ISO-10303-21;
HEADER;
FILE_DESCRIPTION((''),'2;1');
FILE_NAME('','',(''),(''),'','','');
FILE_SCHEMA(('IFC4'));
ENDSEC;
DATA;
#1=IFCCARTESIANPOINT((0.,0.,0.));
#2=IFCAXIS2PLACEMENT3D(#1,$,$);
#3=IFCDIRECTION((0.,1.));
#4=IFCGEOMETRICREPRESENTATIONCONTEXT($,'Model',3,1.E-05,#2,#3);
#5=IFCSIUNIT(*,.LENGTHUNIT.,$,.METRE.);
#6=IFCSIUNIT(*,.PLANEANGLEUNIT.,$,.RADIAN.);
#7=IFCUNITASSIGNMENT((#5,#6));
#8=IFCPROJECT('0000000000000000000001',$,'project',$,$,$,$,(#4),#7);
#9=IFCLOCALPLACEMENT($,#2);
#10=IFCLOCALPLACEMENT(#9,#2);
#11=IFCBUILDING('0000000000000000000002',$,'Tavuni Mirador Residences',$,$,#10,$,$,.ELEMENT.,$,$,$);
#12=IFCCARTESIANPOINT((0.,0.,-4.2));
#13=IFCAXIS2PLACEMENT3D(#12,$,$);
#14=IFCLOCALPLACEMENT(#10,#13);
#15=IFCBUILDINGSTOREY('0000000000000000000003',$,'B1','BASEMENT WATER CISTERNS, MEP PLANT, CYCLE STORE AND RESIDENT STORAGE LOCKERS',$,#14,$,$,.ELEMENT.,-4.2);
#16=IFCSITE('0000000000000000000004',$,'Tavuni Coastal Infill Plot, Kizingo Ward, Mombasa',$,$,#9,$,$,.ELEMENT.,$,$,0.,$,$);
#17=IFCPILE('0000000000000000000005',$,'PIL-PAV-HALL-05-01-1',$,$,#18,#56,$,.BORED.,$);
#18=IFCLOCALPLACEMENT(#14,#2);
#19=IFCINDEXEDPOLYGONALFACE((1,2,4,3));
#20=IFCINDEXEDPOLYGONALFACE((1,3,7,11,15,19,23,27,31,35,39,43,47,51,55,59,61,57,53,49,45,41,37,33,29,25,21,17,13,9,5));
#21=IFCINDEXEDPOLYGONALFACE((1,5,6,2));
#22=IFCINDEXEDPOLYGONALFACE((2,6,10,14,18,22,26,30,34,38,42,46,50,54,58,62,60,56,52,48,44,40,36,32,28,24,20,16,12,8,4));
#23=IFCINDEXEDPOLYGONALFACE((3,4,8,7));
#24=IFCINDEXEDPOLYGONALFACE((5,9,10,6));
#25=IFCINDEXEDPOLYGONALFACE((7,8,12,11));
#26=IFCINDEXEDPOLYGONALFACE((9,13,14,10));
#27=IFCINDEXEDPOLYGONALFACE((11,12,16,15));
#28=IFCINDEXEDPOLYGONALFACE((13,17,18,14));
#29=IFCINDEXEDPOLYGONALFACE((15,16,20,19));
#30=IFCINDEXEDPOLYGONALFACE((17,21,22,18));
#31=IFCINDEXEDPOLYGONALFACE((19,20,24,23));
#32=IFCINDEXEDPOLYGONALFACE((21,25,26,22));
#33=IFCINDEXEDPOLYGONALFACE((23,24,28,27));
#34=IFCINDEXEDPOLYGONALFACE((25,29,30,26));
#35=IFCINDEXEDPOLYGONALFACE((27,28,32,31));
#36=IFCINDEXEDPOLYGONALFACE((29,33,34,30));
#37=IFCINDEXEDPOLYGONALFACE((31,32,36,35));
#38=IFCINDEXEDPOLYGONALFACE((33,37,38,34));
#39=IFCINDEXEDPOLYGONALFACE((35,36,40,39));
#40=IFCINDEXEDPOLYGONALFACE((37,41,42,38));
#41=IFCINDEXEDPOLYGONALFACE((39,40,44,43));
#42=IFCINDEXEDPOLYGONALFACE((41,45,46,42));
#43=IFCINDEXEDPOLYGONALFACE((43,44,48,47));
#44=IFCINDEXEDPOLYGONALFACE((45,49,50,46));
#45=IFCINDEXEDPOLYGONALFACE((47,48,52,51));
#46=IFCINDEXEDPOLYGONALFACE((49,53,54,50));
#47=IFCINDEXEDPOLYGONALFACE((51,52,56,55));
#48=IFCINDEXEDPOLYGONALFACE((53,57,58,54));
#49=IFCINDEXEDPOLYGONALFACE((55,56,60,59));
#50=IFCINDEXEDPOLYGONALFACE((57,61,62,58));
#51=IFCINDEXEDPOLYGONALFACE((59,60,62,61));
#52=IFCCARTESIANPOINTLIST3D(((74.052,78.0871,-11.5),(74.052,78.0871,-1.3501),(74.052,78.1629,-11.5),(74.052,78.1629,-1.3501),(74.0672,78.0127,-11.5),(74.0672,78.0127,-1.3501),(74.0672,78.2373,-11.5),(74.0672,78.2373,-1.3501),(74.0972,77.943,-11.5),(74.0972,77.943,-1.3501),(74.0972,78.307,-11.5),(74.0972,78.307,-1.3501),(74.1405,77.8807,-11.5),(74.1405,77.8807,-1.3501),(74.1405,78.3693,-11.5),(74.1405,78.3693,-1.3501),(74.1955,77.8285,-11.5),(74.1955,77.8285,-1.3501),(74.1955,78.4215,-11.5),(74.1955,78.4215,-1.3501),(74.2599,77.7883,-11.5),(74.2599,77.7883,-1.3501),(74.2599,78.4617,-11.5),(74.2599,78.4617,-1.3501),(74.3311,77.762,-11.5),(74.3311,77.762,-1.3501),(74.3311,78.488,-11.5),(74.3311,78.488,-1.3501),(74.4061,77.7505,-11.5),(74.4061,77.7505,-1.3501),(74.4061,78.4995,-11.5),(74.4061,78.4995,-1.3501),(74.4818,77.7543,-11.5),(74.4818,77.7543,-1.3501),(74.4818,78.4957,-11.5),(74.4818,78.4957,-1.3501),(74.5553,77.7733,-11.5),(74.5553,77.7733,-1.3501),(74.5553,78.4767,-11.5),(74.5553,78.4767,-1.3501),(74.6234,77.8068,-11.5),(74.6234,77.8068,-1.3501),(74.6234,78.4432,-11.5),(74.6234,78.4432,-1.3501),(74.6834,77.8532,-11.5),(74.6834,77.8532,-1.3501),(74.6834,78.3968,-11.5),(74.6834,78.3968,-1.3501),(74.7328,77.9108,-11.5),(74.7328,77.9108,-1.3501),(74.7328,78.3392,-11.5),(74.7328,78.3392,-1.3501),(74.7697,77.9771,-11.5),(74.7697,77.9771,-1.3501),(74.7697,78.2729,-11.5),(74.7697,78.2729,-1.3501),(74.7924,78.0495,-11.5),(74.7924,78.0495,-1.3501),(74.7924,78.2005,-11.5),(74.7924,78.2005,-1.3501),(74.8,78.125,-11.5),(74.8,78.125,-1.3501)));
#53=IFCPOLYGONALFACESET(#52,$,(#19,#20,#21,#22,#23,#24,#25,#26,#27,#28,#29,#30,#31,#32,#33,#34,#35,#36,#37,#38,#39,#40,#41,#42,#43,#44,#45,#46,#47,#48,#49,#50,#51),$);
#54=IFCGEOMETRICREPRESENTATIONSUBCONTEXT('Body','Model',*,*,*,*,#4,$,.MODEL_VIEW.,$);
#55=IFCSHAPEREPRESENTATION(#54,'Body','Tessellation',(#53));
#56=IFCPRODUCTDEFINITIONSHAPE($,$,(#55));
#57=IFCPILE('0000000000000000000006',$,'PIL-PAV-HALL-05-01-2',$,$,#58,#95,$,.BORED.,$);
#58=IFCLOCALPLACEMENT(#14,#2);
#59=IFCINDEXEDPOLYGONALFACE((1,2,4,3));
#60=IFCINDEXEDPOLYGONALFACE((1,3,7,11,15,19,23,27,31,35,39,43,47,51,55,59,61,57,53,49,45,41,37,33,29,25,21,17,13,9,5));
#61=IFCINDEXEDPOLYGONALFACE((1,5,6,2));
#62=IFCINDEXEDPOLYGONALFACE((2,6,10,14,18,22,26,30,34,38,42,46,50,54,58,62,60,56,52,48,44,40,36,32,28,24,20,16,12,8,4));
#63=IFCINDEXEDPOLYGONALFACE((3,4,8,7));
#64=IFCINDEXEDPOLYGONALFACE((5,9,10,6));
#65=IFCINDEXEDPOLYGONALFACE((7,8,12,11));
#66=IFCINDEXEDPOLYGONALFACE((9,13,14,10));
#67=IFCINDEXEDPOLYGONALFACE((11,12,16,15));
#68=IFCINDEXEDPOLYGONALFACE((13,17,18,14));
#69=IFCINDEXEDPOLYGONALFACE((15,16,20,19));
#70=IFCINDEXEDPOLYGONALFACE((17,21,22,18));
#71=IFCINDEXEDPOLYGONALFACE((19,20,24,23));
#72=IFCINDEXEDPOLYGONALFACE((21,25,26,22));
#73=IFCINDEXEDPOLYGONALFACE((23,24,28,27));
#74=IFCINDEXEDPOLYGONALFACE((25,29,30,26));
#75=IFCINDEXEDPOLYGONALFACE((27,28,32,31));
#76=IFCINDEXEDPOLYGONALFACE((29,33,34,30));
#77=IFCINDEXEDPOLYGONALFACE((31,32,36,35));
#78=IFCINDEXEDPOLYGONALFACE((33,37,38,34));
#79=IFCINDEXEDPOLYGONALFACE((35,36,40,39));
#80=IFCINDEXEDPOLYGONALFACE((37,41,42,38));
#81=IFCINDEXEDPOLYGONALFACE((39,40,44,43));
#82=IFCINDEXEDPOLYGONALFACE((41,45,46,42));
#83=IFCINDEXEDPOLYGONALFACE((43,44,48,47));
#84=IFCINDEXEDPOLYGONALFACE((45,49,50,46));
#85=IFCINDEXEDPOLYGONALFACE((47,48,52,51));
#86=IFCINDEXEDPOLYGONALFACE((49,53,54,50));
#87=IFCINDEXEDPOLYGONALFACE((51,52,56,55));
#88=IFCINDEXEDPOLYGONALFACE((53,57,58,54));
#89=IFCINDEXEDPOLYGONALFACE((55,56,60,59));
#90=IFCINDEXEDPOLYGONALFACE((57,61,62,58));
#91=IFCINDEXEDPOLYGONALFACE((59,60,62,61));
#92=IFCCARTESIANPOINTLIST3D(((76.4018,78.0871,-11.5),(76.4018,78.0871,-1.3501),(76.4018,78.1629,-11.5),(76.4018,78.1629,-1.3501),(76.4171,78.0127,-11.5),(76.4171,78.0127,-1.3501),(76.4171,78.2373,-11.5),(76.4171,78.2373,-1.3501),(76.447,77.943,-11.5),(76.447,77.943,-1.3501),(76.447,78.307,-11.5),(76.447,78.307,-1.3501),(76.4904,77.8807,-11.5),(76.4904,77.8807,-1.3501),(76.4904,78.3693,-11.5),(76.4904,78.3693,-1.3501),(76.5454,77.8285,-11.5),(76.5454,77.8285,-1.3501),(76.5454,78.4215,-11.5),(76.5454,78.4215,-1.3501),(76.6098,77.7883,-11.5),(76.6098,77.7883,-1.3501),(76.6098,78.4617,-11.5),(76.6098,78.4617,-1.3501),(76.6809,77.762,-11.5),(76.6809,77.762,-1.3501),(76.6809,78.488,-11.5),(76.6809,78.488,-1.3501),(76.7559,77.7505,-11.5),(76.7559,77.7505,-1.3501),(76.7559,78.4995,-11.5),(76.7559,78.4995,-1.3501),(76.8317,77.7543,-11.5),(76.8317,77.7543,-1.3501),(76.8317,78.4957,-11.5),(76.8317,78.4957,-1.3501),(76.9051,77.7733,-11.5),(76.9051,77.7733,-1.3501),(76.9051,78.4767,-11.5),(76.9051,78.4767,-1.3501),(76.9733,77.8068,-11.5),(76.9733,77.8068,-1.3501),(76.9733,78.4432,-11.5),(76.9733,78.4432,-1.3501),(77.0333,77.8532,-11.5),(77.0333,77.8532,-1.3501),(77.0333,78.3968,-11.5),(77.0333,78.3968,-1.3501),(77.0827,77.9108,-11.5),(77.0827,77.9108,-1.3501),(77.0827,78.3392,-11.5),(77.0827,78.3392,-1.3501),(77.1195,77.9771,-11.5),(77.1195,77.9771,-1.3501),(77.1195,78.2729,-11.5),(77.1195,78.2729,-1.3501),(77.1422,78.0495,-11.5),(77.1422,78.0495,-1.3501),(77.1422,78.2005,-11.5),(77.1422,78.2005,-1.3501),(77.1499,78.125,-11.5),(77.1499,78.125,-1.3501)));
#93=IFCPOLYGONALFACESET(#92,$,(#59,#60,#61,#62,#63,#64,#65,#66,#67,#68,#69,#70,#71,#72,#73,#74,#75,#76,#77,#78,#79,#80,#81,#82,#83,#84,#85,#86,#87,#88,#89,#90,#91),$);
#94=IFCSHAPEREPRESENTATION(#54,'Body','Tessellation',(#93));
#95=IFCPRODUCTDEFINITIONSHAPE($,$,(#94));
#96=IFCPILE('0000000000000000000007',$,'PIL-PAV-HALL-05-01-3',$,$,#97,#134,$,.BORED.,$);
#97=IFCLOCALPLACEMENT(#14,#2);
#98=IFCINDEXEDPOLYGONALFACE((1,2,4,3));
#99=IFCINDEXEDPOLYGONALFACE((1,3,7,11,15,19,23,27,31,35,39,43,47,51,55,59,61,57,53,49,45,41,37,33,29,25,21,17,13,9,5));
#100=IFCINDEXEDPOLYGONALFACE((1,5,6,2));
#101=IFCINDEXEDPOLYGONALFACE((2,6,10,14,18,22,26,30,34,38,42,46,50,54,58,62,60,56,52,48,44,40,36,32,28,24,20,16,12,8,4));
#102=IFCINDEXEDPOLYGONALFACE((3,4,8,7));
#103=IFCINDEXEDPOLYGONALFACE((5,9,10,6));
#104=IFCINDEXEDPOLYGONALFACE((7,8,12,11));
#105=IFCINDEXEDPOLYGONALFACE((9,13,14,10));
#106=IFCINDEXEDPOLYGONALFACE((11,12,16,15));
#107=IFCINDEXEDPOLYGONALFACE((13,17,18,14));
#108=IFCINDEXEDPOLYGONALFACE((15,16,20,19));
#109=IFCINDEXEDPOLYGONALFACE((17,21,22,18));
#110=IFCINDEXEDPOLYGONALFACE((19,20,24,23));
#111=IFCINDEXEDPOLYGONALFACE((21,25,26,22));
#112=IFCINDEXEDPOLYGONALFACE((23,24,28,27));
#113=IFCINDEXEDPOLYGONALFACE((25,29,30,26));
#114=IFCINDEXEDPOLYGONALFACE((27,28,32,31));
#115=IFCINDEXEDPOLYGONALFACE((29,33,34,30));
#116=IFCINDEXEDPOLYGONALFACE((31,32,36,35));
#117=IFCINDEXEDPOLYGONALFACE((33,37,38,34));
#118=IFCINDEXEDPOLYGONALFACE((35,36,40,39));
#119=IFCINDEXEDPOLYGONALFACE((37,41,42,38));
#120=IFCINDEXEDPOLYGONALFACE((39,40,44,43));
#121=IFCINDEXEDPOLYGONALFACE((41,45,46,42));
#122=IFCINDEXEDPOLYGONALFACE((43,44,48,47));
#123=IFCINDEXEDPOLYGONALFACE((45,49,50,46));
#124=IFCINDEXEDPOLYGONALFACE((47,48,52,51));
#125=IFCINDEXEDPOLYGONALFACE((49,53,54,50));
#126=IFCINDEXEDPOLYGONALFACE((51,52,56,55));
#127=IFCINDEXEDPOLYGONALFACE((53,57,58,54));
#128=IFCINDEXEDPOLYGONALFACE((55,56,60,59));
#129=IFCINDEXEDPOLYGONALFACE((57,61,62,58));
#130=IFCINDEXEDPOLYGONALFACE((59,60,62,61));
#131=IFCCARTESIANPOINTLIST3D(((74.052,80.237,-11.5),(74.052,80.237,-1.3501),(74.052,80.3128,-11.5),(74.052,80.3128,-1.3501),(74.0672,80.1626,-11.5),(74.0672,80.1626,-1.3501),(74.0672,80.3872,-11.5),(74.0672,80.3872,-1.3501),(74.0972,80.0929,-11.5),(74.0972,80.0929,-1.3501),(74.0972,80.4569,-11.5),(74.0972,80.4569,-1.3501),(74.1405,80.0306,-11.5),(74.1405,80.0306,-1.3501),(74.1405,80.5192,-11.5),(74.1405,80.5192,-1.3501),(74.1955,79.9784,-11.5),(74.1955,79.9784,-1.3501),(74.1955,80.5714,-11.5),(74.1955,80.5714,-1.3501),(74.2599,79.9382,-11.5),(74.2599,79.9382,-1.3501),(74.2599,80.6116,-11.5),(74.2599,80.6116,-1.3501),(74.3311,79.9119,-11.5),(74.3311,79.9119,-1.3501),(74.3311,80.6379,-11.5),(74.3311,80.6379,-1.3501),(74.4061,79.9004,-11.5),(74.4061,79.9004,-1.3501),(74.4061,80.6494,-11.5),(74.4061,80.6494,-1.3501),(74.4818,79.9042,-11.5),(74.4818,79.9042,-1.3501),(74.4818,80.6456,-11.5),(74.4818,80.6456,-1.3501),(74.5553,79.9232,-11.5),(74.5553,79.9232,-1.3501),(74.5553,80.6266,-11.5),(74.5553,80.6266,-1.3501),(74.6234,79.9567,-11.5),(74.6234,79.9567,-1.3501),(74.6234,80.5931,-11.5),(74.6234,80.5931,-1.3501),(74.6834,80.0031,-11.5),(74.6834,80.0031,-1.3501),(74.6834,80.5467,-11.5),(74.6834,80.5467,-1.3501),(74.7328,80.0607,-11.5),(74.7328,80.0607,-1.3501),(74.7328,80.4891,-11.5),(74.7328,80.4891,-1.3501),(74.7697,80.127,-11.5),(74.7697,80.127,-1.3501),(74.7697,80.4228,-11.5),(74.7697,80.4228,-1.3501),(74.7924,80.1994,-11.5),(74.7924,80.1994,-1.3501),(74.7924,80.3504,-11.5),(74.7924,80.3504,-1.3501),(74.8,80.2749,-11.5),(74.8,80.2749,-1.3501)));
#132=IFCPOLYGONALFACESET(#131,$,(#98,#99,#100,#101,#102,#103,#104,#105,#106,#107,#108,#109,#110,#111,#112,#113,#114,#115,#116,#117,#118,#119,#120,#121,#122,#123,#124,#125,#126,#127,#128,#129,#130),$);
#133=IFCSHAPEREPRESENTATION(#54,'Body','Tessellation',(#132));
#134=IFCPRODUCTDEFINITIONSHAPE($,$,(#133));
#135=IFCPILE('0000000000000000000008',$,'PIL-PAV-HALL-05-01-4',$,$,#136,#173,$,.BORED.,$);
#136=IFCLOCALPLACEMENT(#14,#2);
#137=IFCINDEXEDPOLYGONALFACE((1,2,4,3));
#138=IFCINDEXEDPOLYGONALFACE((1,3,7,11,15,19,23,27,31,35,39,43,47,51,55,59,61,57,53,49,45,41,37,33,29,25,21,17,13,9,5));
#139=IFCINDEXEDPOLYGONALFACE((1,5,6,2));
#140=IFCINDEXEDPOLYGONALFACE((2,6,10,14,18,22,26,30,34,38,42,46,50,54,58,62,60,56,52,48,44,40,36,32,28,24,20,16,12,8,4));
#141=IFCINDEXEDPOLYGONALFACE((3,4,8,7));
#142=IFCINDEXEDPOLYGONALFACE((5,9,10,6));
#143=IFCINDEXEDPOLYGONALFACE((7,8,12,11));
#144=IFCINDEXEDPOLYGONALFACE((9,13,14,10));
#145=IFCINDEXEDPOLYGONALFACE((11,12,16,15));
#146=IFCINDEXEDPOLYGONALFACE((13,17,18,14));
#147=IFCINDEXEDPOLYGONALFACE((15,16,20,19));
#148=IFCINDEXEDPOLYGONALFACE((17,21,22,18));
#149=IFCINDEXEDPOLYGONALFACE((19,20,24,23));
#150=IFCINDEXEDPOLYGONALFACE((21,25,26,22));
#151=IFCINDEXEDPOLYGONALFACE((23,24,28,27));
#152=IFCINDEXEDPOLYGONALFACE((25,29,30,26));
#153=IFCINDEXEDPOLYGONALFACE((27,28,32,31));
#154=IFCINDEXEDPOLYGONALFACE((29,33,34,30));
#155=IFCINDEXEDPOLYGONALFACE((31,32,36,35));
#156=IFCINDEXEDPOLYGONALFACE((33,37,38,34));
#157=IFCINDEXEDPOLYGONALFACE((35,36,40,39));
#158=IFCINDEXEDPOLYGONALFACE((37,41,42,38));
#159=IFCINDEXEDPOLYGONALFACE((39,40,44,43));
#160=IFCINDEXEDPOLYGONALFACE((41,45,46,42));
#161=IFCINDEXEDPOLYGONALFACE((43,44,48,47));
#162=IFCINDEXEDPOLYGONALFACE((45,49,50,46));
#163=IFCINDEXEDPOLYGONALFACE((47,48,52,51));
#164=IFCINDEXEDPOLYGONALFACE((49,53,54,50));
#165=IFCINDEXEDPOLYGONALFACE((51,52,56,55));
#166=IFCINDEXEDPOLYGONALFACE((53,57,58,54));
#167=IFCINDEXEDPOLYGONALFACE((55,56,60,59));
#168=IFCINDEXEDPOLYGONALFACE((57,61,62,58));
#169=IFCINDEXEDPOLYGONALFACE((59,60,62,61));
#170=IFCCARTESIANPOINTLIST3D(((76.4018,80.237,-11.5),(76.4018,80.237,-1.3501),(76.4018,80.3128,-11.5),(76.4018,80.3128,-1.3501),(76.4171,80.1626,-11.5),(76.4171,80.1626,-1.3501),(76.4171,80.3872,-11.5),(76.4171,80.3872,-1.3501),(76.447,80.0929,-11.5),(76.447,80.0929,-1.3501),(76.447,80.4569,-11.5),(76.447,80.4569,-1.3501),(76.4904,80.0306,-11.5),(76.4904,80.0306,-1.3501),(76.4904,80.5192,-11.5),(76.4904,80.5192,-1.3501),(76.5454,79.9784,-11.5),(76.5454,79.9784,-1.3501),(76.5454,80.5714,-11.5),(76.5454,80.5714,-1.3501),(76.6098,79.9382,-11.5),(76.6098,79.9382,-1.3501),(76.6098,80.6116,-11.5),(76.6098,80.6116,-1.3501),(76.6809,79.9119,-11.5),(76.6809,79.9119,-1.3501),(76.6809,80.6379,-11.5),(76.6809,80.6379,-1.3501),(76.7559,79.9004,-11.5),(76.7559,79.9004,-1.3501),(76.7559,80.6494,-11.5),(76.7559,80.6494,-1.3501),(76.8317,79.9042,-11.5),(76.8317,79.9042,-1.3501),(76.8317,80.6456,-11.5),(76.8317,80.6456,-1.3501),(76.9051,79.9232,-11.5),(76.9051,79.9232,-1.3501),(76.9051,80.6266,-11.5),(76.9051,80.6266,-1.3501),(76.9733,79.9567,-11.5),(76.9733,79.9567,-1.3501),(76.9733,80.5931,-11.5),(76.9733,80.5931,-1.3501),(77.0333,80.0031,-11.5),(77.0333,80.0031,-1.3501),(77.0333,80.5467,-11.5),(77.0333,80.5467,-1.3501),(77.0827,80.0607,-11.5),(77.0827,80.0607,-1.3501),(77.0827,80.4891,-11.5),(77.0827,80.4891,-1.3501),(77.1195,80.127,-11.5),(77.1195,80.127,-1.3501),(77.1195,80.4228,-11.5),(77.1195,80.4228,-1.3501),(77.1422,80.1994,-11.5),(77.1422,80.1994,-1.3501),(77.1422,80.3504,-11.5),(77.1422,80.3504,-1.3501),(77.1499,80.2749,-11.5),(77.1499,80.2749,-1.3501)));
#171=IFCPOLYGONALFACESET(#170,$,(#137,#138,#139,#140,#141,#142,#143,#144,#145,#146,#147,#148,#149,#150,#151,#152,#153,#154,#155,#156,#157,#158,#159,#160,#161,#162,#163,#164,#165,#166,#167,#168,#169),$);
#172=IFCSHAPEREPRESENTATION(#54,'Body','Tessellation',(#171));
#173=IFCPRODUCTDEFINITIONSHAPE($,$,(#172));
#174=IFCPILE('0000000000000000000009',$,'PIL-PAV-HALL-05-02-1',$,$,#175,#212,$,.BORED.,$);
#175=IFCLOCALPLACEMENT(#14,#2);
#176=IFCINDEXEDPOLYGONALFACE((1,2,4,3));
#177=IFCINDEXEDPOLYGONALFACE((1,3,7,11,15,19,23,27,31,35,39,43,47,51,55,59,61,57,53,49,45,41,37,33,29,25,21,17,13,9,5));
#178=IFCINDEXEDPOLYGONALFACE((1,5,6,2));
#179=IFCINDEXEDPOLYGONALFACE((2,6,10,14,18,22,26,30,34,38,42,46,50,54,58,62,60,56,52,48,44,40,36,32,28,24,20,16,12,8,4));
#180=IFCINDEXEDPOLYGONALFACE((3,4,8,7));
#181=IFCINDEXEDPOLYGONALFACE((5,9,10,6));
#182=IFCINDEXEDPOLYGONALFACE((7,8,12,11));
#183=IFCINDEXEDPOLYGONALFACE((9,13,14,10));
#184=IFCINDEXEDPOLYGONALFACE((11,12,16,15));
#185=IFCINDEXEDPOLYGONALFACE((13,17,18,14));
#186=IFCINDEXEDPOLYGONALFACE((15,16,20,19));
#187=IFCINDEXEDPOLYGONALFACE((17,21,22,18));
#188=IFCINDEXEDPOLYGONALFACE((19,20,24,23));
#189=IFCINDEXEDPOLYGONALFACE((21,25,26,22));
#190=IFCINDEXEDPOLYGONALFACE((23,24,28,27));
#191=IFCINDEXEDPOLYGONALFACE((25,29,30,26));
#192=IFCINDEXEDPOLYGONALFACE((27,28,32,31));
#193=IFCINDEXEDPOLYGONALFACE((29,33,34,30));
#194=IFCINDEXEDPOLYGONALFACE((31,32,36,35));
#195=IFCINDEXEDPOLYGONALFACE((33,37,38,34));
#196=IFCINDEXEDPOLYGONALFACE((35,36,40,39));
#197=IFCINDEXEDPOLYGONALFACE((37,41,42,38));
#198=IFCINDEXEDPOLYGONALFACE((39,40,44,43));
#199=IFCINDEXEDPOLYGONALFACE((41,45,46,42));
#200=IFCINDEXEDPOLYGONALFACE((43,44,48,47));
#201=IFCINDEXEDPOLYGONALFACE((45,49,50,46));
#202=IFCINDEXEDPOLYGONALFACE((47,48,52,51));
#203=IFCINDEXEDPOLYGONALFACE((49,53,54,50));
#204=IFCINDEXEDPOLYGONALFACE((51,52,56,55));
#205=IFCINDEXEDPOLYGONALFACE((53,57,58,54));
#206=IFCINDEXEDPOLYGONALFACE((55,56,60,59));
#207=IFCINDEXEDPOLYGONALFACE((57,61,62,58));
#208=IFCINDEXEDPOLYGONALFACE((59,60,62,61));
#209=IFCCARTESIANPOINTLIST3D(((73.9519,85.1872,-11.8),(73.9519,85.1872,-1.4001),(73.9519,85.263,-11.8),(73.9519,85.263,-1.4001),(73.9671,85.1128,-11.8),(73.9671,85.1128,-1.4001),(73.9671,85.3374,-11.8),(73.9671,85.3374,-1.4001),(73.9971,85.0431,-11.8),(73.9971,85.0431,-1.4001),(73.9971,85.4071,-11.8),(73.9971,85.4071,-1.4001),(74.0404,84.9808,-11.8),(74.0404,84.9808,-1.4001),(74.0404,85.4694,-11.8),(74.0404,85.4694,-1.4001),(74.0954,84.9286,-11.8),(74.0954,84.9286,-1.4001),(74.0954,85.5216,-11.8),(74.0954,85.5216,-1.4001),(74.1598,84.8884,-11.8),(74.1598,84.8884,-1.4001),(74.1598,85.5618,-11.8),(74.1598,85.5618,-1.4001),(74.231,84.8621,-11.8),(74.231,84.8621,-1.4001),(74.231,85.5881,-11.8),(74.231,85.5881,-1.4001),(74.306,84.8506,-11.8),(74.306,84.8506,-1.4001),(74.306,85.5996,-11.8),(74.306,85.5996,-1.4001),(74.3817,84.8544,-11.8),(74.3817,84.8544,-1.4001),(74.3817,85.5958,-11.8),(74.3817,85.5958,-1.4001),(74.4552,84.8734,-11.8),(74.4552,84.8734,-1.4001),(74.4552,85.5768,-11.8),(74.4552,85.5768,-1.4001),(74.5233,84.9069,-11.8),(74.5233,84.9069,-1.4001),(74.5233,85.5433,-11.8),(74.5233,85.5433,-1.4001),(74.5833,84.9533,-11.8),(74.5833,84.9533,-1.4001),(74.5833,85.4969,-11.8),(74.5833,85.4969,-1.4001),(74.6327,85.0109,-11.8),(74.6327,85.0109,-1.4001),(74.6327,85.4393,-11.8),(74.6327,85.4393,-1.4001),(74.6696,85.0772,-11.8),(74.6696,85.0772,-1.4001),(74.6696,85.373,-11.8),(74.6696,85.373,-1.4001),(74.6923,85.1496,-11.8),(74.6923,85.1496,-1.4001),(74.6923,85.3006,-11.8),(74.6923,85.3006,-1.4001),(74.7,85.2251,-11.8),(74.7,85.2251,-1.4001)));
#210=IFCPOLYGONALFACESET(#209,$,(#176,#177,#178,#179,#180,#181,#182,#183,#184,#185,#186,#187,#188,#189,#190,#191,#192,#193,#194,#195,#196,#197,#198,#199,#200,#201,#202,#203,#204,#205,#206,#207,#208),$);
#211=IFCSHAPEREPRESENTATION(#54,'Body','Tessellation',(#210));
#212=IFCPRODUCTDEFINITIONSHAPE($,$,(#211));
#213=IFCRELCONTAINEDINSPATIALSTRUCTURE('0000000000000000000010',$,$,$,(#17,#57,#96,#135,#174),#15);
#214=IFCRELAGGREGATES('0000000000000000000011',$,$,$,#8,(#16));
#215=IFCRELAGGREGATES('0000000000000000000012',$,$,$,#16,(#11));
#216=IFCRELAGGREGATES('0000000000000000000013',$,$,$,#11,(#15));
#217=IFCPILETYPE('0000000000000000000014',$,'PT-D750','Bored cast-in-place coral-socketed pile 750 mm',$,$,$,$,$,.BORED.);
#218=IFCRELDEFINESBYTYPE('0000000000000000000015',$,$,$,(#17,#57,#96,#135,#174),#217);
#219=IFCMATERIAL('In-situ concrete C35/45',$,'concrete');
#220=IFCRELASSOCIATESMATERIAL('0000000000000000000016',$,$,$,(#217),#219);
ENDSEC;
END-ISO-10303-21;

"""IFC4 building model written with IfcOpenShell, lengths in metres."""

from ifc_helpers import new_model, si_unit, direction, frame, origin, origin_2d, place, context, subcontext, project, spatial, circle, extrude, material, material_profile, profile_set, type_object, element, save


model = new_model("IFC4")

# Units and contexts
model_context = context("Model", 3, precision=1e-05, world=origin(), true_north=direction((0.0, 1.0)))
body_context = subcontext(model_context, "Body", "Model", "MODEL_VIEW")
ifc_project = project(units=[si_unit("LENGTHUNIT", "METRE"), si_unit("PLANEANGLEUNIT", "RADIAN")], contexts=[model_context])

# Site, building, storey
site_placement = place(None, origin())
site = spatial("IfcSite", under=ifc_project, at=site_placement, Name="Tavuni Coastal Infill Plot, Kizingo Ward, Mombasa", CompositionType="ELEMENT", RefElevation=0.0)
building_placement = place(site_placement, origin())
building = spatial("IfcBuilding", under=site, at=building_placement, Name="Tavuni Mirador Residences", CompositionType="ELEMENT")
storey_placement = place(building_placement, frame((0.0, 0.0, -4.2)))
storey = spatial("IfcBuildingStorey", under=building, at=storey_placement, Name="B1", Description="BASEMENT WATER CISTERNS, MEP PLANT, CYCLE STORE AND RESIDENT STORAGE LOCKERS", CompositionType="ELEMENT", Elevation=-4.2)

# Shared definitions
ifc_material_1 = material(Name="In-situ concrete C35/45", Category="concrete")

# Piles
ifc_material_profile_1 = material_profile(ifc_material_1, circle(Radius=0.375, at=origin_2d()), Name="PILE D750", Category="concrete")
ifc_profile_set_1 = profile_set([ifc_material_profile_1], Name="In-situ concrete C35/45")
pile_type_1 = type_object("IfcPileType", Name="PT-D750", Description="Bored cast-in-place coral-socketed pile 750 mm", PredefinedType="BORED", material=ifc_profile_set_1)
for number, where, z_axis, x_axis, name in (
    (1, (74.425, 78.125, -1.3501), (0.0, 0.0, -1.0), (1.0, 0.0, 0.0), "PIL-PAV-HALL-05-01-1"),
    (2, (76.7749, 78.125, -1.3501), (0.0, 0.0, -1.0), (1.0, 0.0, 0.0), "PIL-PAV-HALL-05-01-2"),
    (3, (74.425, 80.2749, -1.3501), (0.0, 0.0, -1.0), (1.0, 0.0, 0.0), "PIL-PAV-HALL-05-01-3"),
    (4, (76.7749, 80.2749, -1.3501), (0.0, 0.0, -1.0), (1.0, 0.0, 0.0), "PIL-PAV-HALL-05-01-4"),
):
    element("IfcPile", number, at=place(storey_placement, frame(where, z_axis=z_axis, x_axis=x_axis)), inside=storey, type_object=pile_type_1, Name=name, PredefinedType="BORED", context=body_context, shape_type="SweptSolid", body=[
        extrude(circle(Radius=0.375, at=origin_2d()), origin(), (0.0, 0.0, 1.0), 10.1499),
    ])
for number, where, z_axis, x_axis, name in (
    (5, (74.325, 85.2251, -1.4001), (0.0, 0.0, -1.0), (1.0, 0.0, 0.0), "PIL-PAV-HALL-05-02-1"),
):
    element("IfcPile", number, at=place(storey_placement, frame(where, z_axis=z_axis, x_axis=x_axis)), inside=storey, type_object=pile_type_1, Name=name, PredefinedType="BORED", context=body_context, shape_type="SweptSolid", body=[
        extrude(circle(Radius=0.375, at=origin_2d()), origin(), (0.0, 0.0, 1.0), 10.3999),
    ])

save(model, "model.ifc")
